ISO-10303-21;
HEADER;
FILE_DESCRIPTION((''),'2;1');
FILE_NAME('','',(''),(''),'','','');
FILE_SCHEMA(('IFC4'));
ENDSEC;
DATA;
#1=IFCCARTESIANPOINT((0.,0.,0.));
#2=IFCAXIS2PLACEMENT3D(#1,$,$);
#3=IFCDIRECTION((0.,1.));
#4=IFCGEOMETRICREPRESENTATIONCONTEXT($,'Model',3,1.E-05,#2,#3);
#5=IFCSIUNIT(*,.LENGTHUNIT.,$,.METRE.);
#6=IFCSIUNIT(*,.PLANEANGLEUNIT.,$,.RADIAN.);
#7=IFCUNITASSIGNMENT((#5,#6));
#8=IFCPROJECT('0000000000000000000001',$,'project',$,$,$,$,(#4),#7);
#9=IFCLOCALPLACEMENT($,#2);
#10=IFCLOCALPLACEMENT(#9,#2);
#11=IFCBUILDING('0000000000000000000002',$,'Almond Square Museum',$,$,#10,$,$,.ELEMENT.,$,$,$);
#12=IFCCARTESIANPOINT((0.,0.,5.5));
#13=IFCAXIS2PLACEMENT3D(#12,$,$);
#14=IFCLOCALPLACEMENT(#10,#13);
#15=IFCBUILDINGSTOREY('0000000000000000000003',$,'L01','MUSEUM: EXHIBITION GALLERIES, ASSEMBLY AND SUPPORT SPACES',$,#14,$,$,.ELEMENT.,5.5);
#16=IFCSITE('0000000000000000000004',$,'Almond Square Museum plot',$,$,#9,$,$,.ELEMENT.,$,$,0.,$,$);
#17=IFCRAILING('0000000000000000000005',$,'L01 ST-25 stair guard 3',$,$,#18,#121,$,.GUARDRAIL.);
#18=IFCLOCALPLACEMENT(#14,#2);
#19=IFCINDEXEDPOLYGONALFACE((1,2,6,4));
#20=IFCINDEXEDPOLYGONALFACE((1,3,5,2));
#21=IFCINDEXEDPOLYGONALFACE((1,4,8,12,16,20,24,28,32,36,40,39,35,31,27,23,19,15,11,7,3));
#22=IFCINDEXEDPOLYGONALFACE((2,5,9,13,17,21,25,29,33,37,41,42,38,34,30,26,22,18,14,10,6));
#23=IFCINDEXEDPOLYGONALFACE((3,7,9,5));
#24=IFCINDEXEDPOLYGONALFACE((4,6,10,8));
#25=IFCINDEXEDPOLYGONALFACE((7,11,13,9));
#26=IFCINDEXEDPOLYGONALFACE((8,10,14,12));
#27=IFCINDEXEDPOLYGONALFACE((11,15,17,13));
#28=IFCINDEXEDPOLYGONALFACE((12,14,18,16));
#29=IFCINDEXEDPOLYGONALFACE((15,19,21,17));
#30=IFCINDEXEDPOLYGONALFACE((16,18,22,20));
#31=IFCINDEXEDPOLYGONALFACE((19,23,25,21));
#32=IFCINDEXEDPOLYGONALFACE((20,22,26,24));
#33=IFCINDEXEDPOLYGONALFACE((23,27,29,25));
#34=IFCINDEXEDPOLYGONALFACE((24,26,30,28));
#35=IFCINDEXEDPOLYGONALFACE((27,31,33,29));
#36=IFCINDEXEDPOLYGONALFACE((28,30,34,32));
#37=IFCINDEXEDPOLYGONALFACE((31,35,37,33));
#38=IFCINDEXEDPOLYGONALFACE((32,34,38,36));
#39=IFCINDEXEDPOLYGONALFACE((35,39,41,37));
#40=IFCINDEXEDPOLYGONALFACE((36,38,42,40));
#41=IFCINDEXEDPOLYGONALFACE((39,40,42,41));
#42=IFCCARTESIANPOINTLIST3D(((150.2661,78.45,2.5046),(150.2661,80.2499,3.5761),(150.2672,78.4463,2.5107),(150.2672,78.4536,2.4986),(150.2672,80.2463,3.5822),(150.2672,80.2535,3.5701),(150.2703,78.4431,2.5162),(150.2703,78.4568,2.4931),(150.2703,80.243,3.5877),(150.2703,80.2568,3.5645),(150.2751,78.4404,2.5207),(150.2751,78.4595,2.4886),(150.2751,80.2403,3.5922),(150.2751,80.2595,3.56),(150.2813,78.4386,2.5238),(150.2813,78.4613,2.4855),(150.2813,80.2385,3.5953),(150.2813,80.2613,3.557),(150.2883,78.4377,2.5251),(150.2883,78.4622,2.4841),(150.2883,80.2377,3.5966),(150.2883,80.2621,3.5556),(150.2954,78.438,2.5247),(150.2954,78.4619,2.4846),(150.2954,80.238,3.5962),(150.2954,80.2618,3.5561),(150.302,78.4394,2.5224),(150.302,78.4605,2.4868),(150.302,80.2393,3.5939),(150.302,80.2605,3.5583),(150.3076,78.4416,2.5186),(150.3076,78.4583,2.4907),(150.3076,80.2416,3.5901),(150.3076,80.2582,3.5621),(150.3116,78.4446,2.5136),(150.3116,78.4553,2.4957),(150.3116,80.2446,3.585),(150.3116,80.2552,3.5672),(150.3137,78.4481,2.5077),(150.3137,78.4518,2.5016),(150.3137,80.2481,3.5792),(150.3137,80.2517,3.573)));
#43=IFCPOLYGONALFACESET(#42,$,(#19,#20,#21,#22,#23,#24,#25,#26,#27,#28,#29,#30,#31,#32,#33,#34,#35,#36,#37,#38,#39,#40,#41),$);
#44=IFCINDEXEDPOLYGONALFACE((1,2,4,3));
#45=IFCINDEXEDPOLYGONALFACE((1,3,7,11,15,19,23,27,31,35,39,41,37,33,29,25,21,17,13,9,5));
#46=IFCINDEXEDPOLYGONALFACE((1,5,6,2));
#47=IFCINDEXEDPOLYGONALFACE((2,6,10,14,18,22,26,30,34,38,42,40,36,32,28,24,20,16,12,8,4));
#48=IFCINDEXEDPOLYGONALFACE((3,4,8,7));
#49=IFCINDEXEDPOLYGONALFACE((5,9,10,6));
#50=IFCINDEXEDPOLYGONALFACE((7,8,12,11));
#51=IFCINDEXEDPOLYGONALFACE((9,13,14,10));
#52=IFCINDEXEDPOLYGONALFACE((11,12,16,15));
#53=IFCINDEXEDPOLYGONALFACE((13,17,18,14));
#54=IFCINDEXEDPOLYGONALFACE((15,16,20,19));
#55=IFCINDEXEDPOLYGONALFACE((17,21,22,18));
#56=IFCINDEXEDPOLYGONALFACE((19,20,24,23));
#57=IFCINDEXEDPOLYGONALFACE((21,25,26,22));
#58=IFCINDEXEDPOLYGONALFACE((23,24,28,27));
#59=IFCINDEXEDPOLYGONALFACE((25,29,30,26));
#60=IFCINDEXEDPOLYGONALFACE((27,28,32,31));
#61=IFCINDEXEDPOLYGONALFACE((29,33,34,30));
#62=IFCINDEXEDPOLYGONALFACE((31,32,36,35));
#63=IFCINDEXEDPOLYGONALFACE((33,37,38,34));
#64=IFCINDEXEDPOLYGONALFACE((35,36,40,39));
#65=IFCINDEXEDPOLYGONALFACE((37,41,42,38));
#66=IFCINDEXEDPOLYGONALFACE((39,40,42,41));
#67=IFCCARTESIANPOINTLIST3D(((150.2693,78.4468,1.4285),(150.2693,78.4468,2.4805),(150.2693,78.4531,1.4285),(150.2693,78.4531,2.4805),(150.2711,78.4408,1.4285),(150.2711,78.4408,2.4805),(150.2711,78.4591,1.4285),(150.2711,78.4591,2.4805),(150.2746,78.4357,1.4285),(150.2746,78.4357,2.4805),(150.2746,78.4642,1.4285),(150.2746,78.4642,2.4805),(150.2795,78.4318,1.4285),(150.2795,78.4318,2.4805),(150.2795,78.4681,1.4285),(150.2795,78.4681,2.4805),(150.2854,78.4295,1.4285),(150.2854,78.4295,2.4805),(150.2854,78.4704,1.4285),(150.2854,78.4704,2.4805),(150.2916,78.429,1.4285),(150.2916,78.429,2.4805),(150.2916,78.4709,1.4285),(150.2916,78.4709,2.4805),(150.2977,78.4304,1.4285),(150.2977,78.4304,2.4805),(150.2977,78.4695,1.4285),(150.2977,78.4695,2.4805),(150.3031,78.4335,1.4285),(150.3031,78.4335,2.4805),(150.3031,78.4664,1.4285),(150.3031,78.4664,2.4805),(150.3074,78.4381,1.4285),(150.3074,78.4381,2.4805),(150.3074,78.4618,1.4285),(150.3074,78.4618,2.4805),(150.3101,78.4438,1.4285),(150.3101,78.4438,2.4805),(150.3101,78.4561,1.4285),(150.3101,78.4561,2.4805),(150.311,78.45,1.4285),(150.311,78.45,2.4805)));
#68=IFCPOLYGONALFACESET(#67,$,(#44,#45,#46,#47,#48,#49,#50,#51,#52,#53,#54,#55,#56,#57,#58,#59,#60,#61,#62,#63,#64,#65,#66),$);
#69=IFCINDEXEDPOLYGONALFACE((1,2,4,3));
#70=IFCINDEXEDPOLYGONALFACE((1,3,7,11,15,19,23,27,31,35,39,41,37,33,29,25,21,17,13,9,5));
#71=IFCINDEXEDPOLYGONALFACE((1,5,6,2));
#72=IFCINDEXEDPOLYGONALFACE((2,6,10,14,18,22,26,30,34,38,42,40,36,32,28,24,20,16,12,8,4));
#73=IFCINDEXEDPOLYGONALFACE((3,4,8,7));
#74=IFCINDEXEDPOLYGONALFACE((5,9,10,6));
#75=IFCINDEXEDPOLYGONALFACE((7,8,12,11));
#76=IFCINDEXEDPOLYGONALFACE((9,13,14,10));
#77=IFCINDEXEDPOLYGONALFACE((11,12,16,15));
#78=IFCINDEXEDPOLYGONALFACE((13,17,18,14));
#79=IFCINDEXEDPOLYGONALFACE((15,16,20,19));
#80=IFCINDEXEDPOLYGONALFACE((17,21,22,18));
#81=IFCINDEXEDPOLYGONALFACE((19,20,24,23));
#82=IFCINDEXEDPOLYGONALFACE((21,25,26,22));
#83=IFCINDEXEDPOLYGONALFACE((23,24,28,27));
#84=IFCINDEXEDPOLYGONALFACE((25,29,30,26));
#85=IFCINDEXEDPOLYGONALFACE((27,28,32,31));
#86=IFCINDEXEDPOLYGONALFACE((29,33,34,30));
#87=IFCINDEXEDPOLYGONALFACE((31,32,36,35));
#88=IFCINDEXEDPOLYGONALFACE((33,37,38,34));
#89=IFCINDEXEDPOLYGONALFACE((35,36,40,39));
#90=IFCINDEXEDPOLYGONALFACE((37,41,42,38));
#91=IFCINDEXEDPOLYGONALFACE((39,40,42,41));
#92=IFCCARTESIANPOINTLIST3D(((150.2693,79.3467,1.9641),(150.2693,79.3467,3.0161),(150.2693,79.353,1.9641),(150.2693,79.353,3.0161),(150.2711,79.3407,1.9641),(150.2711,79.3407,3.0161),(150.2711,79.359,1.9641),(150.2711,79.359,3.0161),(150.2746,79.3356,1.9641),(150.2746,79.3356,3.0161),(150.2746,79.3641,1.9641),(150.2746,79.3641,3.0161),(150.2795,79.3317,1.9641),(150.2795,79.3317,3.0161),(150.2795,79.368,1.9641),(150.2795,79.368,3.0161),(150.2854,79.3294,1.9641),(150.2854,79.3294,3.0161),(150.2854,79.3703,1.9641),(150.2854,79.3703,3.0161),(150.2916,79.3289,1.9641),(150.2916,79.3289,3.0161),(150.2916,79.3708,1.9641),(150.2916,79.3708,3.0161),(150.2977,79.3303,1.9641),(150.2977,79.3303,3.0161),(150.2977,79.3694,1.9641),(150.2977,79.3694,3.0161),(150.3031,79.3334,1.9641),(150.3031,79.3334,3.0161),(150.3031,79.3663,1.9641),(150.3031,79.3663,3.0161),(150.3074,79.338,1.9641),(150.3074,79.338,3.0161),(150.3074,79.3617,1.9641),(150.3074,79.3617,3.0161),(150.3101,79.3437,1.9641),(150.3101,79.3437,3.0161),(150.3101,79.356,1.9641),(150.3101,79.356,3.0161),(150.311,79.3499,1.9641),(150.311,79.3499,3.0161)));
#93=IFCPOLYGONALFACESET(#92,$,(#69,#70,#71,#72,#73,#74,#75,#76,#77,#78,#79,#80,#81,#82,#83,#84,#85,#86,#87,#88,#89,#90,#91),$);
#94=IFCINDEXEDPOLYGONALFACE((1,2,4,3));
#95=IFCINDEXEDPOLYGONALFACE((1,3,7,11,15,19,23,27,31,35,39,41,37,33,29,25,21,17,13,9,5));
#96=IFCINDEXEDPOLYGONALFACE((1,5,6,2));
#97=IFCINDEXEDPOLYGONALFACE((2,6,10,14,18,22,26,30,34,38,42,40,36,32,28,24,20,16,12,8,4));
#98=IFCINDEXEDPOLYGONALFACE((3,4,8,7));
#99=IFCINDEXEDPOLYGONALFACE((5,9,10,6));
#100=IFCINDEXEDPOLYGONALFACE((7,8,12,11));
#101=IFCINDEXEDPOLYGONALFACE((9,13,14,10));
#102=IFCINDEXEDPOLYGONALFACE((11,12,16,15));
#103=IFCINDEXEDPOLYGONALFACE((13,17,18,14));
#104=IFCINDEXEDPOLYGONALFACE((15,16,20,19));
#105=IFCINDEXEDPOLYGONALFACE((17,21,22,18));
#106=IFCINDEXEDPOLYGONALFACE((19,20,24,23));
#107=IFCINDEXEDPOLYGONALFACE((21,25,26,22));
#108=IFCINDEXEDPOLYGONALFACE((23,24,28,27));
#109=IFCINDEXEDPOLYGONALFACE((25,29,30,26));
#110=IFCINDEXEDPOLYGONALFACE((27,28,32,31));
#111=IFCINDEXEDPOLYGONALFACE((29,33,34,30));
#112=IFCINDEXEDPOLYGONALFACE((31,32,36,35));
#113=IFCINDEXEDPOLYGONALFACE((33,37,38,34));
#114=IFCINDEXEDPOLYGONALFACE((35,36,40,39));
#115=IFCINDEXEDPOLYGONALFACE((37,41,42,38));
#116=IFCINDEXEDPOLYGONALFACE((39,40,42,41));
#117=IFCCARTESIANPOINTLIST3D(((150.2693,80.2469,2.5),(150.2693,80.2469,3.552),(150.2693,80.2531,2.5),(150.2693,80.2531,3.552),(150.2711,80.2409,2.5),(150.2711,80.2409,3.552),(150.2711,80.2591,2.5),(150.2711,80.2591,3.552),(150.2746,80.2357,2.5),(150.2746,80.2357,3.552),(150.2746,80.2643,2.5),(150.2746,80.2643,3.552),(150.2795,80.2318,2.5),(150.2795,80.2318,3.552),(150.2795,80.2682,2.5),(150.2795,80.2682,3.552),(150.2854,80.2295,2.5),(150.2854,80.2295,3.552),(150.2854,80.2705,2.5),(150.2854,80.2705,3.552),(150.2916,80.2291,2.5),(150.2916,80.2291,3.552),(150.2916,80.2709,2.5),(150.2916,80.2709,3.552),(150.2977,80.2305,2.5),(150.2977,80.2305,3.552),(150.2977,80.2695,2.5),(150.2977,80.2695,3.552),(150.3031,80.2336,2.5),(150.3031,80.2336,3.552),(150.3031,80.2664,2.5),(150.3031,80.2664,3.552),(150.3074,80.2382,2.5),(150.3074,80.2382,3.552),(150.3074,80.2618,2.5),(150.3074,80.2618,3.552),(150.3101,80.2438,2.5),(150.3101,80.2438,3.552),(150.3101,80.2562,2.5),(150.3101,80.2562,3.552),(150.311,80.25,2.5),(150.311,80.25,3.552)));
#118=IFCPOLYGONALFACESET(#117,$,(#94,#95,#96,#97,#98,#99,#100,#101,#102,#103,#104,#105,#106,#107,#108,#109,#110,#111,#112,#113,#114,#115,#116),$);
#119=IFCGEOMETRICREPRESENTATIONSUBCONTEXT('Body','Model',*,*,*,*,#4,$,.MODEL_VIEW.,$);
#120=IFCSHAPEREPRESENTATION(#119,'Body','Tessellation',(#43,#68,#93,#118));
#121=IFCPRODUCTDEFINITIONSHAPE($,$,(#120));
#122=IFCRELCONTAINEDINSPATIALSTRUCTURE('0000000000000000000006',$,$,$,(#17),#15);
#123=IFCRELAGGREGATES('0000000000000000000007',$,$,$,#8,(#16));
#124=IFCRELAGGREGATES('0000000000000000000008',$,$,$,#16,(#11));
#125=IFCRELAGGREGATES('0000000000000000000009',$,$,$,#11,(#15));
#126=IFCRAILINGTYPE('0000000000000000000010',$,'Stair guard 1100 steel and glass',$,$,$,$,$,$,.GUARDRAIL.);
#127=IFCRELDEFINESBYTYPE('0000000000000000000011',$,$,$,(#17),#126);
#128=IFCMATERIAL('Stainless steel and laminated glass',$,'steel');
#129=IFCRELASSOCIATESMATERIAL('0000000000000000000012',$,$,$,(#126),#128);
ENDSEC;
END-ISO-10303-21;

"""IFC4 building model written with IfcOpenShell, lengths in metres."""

from ifc_helpers import new_model, si_unit, direction, frame, origin, origin_2d, place, context, subcontext, project, spatial, circle, extrude, material, type_object, element, save


model = new_model("IFC4")

# Units and contexts
model_context = context("Model", 3, precision=1e-05, world=origin(), true_north=direction((0.0, 1.0)))
body_context = subcontext(model_context, "Body", "Model", "MODEL_VIEW")
ifc_project = project(units=[si_unit("LENGTHUNIT", "METRE"), si_unit("PLANEANGLEUNIT", "RADIAN")], contexts=[model_context])

# Site, building, storey
site_placement = place(None, origin())
site = spatial("IfcSite", under=ifc_project, at=site_placement, Name="Almond Square Museum plot", CompositionType="ELEMENT", RefElevation=0.0)
building_placement = place(site_placement, origin())
building = spatial("IfcBuilding", under=site, at=building_placement, Name="Almond Square Museum", CompositionType="ELEMENT")
storey_placement = place(building_placement, frame((0.0, 0.0, 5.5)))
storey = spatial("IfcBuildingStorey", under=building, at=storey_placement, Name="L01", Description="MUSEUM: EXHIBITION GALLERIES, ASSEMBLY AND SUPPORT SPACES", CompositionType="ELEMENT", Elevation=5.5)

# Railing
ifc_material_1 = material(Name="Stainless steel and laminated glass", Category="steel")
railing_type_1 = type_object("IfcRailingType", Name="Stair guard 1100 steel and glass", PredefinedType="GUARDRAIL", material=ifc_material_1)
railing_1_placement = place(storey_placement, frame((150.29, 78.45, 1.4285)))
element("IfcRailing", 1, at=railing_1_placement, inside=storey, type_object=railing_type_1, Name="L01 ST-25 stair guard 3", PredefinedType="GUARDRAIL", context=body_context, shape_type="SweptSolid", body=[
    extrude(circle(Radius=0.0239, at=origin_2d()), frame((0.0, 0.0, 1.0762), z_axis=(0.0, 0.859277, 0.51151), x_axis=(-1.0, 0.0, 0.0)), (0.0, 0.0, 1.0), 2.0947),
    extrude(circle(Radius=0.021, at=origin_2d()), origin(), (0.0, 0.0, 1.0), 1.052),
    extrude(circle(Radius=0.021, at=origin_2d()), frame((0.0, 0.8999, 0.5356)), (0.0, 0.0, 1.0), 1.052),
    extrude(circle(Radius=0.021, at=origin_2d()), frame((0.0, 1.8, 1.0715)), (0.0, 0.0, 1.0), 1.052),
])

save(model, "model.ifc")
